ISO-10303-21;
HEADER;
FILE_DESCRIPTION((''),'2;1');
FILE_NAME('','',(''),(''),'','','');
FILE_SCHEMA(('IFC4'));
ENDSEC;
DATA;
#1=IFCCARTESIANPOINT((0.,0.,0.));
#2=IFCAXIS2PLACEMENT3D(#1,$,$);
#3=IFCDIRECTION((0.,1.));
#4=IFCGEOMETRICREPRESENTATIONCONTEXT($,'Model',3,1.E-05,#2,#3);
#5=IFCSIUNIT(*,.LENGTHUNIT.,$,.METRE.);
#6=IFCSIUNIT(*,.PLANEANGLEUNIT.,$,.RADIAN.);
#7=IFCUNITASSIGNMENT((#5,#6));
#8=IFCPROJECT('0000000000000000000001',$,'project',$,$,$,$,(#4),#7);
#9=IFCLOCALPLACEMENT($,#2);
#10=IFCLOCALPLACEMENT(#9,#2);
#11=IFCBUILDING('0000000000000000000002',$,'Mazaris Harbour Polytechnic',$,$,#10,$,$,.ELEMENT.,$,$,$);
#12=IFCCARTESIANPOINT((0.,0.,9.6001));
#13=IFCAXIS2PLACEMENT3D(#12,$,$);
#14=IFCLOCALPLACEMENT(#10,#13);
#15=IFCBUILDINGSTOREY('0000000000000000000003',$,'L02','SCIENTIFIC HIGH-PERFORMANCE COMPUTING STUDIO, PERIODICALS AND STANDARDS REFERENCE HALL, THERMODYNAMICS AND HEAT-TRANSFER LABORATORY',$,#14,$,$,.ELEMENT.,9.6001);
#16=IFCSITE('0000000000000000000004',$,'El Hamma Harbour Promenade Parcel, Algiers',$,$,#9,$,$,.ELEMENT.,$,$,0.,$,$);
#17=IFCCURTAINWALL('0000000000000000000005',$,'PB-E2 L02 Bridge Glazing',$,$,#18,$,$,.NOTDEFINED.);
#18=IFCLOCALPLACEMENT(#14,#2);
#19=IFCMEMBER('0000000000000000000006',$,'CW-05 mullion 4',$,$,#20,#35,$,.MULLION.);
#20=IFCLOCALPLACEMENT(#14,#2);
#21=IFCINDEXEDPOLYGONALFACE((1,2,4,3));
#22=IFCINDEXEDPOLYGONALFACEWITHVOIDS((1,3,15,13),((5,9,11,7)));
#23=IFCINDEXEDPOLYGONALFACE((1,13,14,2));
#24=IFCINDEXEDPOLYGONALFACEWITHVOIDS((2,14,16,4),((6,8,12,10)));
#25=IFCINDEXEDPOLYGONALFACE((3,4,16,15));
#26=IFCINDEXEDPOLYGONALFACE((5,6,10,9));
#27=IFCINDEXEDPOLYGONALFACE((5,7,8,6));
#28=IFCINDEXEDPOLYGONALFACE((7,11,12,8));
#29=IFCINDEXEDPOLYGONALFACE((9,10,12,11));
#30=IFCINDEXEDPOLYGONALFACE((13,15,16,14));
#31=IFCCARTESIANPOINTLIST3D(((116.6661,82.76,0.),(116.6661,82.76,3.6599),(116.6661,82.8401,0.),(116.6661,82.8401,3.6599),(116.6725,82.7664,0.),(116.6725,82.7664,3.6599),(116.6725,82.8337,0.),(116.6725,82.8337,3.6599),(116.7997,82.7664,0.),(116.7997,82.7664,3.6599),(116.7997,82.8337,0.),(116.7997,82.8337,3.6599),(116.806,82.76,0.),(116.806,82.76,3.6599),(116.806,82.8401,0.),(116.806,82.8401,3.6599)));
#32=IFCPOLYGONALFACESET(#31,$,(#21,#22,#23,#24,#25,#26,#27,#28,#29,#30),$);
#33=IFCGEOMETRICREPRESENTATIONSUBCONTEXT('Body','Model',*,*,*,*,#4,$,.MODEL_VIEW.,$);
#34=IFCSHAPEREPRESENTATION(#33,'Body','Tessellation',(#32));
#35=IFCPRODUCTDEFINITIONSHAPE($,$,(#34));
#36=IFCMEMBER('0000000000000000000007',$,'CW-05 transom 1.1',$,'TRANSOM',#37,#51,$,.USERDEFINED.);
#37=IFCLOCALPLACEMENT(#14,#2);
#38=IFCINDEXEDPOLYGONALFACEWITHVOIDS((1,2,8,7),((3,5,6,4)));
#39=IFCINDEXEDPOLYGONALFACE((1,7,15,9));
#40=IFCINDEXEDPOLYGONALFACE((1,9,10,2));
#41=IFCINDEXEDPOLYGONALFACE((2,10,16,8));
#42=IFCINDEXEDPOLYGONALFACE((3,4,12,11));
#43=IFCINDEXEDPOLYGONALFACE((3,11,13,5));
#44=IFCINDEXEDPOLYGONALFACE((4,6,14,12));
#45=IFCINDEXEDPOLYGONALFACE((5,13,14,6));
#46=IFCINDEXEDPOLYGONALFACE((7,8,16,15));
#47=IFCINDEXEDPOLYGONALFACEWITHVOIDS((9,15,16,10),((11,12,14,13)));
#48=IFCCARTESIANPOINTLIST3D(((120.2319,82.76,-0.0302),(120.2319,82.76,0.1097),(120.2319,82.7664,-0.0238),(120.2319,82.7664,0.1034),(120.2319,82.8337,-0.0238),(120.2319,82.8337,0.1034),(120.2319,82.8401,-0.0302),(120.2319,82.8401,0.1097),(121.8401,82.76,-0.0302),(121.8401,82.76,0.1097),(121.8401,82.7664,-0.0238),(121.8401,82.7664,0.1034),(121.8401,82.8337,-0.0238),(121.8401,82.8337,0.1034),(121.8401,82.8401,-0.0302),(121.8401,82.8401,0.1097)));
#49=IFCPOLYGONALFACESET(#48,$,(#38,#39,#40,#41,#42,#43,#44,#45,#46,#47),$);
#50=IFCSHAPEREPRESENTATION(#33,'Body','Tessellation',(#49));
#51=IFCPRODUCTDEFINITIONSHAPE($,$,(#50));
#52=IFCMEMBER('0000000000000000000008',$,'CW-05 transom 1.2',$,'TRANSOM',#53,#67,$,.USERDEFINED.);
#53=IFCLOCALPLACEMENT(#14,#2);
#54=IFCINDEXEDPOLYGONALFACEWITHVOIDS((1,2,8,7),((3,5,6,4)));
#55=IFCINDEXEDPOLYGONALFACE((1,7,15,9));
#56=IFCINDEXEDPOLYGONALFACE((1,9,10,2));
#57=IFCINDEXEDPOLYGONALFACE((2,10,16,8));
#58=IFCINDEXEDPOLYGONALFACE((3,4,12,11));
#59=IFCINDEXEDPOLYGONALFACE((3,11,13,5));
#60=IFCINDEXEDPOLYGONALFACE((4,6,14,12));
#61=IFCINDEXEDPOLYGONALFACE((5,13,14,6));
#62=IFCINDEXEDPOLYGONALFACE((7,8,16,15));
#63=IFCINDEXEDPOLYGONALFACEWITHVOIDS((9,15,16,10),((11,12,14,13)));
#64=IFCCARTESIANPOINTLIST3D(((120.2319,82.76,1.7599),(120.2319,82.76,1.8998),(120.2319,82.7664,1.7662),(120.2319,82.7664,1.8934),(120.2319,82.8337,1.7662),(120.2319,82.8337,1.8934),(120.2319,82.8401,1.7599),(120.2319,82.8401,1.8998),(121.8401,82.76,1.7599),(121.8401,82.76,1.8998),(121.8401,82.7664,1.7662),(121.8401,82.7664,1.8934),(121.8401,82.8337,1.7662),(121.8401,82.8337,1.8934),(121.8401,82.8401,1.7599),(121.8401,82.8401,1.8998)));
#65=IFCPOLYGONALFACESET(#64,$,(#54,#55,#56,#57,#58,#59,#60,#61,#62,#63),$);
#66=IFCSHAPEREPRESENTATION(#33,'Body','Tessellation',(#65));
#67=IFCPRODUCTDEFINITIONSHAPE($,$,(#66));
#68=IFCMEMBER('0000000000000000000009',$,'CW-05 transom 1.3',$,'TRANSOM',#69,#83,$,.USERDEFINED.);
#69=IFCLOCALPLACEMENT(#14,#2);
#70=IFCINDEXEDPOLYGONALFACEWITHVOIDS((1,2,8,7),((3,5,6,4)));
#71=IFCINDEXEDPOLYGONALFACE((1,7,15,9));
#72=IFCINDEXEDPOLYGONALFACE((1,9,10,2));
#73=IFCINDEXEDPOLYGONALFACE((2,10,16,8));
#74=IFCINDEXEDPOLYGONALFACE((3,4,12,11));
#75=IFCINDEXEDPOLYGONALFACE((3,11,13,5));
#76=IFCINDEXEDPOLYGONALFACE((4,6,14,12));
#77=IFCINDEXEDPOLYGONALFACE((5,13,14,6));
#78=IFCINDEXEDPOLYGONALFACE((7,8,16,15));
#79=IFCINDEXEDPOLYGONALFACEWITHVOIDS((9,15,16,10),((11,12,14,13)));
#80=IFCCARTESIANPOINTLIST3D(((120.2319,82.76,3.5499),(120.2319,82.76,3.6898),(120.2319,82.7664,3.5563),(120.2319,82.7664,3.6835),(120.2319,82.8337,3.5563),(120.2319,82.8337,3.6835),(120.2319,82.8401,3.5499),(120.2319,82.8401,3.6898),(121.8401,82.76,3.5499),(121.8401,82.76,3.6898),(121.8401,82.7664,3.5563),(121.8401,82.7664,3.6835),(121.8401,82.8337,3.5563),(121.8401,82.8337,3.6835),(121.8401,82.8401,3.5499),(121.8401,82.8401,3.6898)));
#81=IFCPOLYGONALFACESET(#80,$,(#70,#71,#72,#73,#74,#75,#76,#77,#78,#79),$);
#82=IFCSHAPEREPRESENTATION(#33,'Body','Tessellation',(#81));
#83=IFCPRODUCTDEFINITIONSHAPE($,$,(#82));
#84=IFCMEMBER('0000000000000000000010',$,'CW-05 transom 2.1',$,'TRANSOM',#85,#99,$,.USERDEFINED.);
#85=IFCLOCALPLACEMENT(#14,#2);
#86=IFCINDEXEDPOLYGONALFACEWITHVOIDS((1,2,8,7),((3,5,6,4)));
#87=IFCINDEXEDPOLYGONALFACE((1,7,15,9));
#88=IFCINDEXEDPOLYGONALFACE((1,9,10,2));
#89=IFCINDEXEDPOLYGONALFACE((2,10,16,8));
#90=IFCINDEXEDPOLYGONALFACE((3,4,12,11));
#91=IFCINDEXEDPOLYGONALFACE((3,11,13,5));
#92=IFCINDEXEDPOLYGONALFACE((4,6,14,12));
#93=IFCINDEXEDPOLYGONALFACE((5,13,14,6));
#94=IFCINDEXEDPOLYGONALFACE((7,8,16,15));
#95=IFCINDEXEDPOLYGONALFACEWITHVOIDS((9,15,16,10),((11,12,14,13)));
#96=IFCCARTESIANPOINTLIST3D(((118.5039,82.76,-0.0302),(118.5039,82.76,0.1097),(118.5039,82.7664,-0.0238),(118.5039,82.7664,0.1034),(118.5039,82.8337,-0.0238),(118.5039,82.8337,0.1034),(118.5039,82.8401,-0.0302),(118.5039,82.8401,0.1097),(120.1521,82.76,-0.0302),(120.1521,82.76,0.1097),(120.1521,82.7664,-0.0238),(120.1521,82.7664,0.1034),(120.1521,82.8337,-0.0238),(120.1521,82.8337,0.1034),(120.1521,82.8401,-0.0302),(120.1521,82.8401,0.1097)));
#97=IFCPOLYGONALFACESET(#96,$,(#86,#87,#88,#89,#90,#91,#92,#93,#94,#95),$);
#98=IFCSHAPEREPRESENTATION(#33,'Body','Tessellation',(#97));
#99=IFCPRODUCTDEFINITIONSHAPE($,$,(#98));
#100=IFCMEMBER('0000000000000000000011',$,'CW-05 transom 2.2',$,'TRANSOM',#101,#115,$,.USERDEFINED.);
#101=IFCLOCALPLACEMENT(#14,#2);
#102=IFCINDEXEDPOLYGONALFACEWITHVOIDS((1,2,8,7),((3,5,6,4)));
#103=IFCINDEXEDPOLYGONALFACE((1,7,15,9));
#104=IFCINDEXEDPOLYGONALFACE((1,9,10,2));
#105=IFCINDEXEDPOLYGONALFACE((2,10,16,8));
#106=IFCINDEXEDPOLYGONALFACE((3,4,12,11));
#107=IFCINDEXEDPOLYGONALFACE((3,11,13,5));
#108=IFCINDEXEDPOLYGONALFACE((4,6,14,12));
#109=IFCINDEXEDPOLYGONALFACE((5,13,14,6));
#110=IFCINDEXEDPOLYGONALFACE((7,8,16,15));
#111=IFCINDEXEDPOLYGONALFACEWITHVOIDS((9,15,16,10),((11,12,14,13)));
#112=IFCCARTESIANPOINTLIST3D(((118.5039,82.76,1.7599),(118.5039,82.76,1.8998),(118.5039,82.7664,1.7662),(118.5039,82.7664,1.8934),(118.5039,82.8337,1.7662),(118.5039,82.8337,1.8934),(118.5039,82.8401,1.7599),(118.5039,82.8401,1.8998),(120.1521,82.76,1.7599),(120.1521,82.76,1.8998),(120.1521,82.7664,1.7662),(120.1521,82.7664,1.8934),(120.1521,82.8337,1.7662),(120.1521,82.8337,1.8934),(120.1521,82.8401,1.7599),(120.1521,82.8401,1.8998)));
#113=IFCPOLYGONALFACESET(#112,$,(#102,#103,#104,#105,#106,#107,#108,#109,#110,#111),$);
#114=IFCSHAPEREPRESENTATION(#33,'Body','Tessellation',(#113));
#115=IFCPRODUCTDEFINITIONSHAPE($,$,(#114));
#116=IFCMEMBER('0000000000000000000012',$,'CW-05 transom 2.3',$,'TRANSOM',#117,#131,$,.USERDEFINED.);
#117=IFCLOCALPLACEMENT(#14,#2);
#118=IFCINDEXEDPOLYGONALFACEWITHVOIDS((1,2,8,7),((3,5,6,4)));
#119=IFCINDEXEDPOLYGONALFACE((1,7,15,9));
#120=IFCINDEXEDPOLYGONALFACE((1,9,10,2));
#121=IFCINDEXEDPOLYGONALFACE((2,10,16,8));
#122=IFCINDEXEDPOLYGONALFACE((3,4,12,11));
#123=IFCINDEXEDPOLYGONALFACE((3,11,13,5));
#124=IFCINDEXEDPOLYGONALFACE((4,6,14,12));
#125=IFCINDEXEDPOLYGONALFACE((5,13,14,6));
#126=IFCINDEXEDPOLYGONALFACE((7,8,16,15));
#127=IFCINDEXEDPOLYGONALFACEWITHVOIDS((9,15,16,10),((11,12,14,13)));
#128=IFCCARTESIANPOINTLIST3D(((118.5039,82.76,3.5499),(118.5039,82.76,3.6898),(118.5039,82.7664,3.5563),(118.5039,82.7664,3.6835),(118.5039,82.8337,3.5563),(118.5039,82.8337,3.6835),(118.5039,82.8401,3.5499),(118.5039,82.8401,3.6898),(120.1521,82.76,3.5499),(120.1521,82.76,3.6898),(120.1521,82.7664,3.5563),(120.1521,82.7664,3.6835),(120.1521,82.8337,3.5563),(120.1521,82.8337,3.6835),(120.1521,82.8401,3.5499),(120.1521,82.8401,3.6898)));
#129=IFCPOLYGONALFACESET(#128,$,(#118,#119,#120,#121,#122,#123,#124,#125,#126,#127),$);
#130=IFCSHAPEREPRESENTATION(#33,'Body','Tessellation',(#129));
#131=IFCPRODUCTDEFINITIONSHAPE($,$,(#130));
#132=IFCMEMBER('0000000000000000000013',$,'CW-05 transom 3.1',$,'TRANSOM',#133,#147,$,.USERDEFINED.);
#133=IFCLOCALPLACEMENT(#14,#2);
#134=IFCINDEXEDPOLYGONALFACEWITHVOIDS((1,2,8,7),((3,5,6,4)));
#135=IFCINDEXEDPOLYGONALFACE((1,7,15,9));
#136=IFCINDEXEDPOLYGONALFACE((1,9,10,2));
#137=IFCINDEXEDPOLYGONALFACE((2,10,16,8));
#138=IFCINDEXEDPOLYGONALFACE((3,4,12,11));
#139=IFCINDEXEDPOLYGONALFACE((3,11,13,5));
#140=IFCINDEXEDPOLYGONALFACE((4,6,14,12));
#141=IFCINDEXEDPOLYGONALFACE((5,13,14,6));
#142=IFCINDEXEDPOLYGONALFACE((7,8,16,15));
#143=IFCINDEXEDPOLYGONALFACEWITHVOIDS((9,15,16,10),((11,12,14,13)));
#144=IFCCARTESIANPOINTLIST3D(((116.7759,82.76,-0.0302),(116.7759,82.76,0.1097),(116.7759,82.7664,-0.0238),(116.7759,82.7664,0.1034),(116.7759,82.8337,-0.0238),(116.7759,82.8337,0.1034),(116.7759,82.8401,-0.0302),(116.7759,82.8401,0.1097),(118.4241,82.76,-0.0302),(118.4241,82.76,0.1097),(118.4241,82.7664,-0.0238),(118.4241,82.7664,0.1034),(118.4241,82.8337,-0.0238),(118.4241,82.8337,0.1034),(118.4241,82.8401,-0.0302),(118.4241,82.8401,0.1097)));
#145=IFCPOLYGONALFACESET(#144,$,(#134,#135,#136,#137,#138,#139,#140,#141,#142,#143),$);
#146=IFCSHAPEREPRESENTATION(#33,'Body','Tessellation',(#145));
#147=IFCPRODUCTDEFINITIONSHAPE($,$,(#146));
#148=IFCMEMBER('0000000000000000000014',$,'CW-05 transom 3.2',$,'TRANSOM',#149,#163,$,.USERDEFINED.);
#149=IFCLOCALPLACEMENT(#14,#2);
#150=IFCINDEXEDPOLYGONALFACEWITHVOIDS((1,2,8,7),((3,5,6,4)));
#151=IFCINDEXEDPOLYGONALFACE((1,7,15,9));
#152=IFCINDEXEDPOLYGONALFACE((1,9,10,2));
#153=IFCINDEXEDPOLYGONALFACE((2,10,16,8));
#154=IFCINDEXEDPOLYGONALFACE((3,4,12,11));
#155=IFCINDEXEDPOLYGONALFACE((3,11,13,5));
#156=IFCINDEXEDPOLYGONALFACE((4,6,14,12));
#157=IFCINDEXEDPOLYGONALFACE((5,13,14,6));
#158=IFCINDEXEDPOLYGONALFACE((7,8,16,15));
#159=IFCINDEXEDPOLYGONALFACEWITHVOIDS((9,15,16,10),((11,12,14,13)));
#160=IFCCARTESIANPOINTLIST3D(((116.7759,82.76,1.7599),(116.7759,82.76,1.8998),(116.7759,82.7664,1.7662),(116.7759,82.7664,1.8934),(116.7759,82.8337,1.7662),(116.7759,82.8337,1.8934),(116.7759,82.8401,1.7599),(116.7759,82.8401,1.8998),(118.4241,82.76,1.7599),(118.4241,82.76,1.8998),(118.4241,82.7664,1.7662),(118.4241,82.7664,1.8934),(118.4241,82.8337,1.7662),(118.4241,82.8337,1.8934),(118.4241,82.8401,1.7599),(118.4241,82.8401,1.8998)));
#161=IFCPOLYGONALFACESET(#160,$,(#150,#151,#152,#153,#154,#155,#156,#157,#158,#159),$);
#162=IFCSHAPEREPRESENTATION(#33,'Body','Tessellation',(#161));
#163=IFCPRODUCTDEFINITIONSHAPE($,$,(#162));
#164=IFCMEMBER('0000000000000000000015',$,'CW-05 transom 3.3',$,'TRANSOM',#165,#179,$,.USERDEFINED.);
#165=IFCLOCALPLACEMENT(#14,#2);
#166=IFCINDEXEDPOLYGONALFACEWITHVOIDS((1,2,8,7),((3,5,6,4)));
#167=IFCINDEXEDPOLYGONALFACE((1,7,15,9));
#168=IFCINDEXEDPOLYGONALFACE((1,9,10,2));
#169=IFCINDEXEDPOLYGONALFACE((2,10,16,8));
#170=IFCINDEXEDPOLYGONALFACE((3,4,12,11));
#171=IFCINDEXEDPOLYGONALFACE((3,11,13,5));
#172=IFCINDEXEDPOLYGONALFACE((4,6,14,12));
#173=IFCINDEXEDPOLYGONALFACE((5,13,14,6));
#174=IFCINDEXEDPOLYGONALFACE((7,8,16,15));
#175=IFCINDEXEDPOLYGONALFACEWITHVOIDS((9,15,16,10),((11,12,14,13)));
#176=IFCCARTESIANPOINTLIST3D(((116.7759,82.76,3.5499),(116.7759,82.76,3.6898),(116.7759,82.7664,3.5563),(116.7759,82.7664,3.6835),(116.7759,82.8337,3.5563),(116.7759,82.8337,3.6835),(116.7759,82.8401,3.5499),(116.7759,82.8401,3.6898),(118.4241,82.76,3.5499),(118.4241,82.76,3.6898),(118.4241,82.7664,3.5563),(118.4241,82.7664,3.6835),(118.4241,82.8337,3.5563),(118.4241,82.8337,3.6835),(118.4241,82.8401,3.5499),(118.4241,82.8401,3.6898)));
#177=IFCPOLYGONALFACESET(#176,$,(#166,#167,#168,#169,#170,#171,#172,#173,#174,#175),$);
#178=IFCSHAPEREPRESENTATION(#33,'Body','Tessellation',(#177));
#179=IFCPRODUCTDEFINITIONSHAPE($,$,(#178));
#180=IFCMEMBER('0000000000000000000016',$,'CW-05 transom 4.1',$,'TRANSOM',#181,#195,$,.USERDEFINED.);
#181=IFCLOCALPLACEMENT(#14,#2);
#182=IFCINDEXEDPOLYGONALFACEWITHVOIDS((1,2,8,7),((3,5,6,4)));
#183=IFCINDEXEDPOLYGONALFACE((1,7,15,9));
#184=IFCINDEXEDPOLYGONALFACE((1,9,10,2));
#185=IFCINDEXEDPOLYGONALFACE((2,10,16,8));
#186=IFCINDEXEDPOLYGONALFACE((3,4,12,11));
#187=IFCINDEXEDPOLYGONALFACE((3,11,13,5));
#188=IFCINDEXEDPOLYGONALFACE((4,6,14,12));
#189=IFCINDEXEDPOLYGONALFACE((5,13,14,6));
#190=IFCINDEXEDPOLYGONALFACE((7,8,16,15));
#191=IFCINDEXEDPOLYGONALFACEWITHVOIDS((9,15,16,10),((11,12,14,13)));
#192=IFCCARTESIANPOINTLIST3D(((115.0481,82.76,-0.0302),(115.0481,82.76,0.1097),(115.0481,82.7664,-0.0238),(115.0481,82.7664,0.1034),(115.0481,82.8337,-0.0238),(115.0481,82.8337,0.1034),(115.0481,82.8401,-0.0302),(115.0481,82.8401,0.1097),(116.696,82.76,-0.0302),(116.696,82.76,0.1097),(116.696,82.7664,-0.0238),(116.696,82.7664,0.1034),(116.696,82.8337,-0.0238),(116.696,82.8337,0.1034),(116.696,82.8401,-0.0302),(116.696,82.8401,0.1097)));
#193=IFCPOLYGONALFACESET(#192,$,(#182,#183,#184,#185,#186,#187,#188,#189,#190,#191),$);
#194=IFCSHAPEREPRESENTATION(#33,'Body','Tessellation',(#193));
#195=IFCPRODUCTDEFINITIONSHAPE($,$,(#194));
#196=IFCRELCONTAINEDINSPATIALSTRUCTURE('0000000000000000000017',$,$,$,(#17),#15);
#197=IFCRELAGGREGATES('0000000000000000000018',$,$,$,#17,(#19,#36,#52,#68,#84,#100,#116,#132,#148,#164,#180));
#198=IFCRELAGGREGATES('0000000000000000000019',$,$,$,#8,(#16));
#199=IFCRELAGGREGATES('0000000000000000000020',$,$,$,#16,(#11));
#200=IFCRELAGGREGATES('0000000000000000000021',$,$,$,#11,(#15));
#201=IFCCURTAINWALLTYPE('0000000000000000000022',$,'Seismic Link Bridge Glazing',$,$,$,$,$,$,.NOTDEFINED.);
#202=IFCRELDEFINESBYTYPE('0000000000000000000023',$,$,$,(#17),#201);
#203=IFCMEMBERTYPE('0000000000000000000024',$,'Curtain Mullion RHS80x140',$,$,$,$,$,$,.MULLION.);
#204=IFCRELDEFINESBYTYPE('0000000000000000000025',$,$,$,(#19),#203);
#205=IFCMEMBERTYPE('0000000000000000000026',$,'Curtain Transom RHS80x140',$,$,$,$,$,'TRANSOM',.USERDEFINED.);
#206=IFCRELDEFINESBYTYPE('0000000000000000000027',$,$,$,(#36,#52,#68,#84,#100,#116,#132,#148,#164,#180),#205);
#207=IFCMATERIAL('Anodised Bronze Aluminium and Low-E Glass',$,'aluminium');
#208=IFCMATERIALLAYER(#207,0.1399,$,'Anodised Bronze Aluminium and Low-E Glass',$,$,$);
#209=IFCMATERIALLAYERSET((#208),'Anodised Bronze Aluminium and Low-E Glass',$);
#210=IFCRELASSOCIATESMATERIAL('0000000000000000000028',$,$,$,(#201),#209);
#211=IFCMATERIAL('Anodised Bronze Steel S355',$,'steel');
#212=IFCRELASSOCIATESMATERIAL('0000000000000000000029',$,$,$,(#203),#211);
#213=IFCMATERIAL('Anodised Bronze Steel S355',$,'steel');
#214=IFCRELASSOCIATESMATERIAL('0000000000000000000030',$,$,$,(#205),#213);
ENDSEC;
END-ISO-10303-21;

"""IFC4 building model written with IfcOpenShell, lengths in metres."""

from ifc_helpers import new_model, si_unit, direction, frame, origin, origin_2d, place, context, subcontext, project, spatial, hollow_rectangle, extrude, material, layer, layer_set, material_profile, profile_set, type_object, element, aggregate, save


model = new_model("IFC4")

# Units and contexts
model_context = context("Model", 3, precision=1e-05, world=origin(), true_north=direction((0.0, 1.0)))
body_context = subcontext(model_context, "Body", "Model", "MODEL_VIEW")
ifc_project = project(units=[si_unit("LENGTHUNIT", "METRE"), si_unit("PLANEANGLEUNIT", "RADIAN")], contexts=[model_context])

# Site, building, storey
site_placement = place(None, origin())
site = spatial("IfcSite", under=ifc_project, at=site_placement, Name="El Hamma Harbour Promenade Parcel, Algiers", CompositionType="ELEMENT", RefElevation=0.0)
building_placement = place(site_placement, origin())
building = spatial("IfcBuilding", under=site, at=building_placement, Name="Mazaris Harbour Polytechnic", CompositionType="ELEMENT")
storey_placement = place(building_placement, frame((0.0, 0.0, 9.6001)))
storey = spatial("IfcBuildingStorey", under=building, at=storey_placement, Name="L02", Description="SCIENTIFIC HIGH-PERFORMANCE COMPUTING STUDIO, PERIODICALS AND STANDARDS REFERENCE HALL, THERMODYNAMICS AND HEAT-TRANSFER LABORATORY", CompositionType="ELEMENT", Elevation=9.6001)

# Shared definitions
ifc_material_1 = material(Name="Anodised Bronze Aluminium and Low-E Glass", Category="aluminium")
ifc_layer_1 = layer(ifc_material_1, 0.1399, Name="Anodised Bronze Aluminium and Low-E Glass")
ifc_layer_set_1 = layer_set([ifc_layer_1], Name="Anodised Bronze Aluminium and Low-E Glass")
curtain_wall_type = type_object("IfcCurtainWallType", Name="Seismic Link Bridge Glazing", PredefinedType="NOTDEFINED", material=ifc_layer_set_1)
ifc_material_2 = material(Name="Anodised Bronze Steel S355", Category="steel")
ifc_material_profile_1 = material_profile(ifc_material_2, hollow_rectangle(XDim=0.0801, YDim=0.1399, WallThickness=0.0063, at=origin_2d()), Name="RHS 80x140x6.3")
ifc_profile_set_1 = profile_set([ifc_material_profile_1], Name="Anodised Bronze Steel S355")
member_type_1 = type_object("IfcMemberType", Name="Curtain Mullion RHS80x140", PredefinedType="MULLION", material=ifc_profile_set_1)

# Curtain wall, members
curtain_wall_1_placement = place(storey_placement, origin())
curtain_wall_1 = element("IfcCurtainWall", 1, at=curtain_wall_1_placement, inside=storey, type_object=curtain_wall_type, Name="PB-E2 L02 Bridge Glazing", PredefinedType="NOTDEFINED")
member_1_placement = place(storey_placement, frame((116.7361, 82.8, 0.0), z_axis=(0.0, 0.0, 1.0), x_axis=(0.0, -1.0, 0.0)))
member_1 = element("IfcMember", 2, at=member_1_placement, type_object=member_type_1, Name="CW-05 mullion 4", PredefinedType="MULLION", context=body_context, shape_type="SweptSolid", body=[
    extrude(hollow_rectangle(XDim=0.0801, YDim=0.1399, WallThickness=0.0063, at=origin_2d()), origin(), (0.0, 0.0, 1.0), 3.6599),
])
ifc_material_3 = material(Name="Anodised Bronze Steel S355", Category="steel")
ifc_material_profile_2 = material_profile(ifc_material_3, hollow_rectangle(XDim=0.0801, YDim=0.1399, WallThickness=0.0063, at=origin_2d()), Name="RHS 80x140x6.3")
ifc_profile_set_2 = profile_set([ifc_material_profile_2], Name="Anodised Bronze Steel S355")
member_type_2 = type_object("IfcMemberType", Name="Curtain Transom RHS80x140", ElementType="TRANSOM", PredefinedType="USERDEFINED", material=ifc_profile_set_2)
member_2_placement = place(storey_placement, frame((121.8401, 82.8, 0.0398), z_axis=(-1.0, 0.0, 0.0), x_axis=(0.0, -1.0, 0.0)))
member_2 = element("IfcMember", 3, at=member_2_placement, type_object=member_type_2, Name="CW-05 transom 1.1", ObjectType="TRANSOM", PredefinedType="USERDEFINED", context=body_context, shape_type="SweptSolid", body=[
    extrude(hollow_rectangle(XDim=0.0801, YDim=0.1399, WallThickness=0.0063, at=origin_2d()), origin(), (0.0, 0.0, 1.0), 1.6082),
])
member_3_placement = place(storey_placement, frame((121.8401, 82.8, 1.8298), z_axis=(-1.0, 0.0, 0.0), x_axis=(0.0, -1.0, 0.0)))
member_3 = element("IfcMember", 4, at=member_3_placement, type_object=member_type_2, Name="CW-05 transom 1.2", ObjectType="TRANSOM", PredefinedType="USERDEFINED", context=body_context, shape_type="SweptSolid", body=[
    extrude(hollow_rectangle(XDim=0.0801, YDim=0.1399, WallThickness=0.0063, at=origin_2d()), origin(), (0.0, 0.0, 1.0), 1.6082),
])
member_4_placement = place(storey_placement, frame((121.8401, 82.8, 3.6199), z_axis=(-1.0, 0.0, 0.0), x_axis=(0.0, -1.0, 0.0)))
member_4 = element("IfcMember", 5, at=member_4_placement, type_object=member_type_2, Name="CW-05 transom 1.3", ObjectType="TRANSOM", PredefinedType="USERDEFINED", context=body_context, shape_type="SweptSolid", body=[
    extrude(hollow_rectangle(XDim=0.0801, YDim=0.1399, WallThickness=0.0063, at=origin_2d()), origin(), (0.0, 0.0, 1.0), 1.6082),
])
member_5_placement = place(storey_placement, frame((120.1521, 82.8, 0.0398), z_axis=(-1.0, 0.0, 0.0), x_axis=(0.0, -1.0, 0.0)))
member_5 = element("IfcMember", 6, at=member_5_placement, type_object=member_type_2, Name="CW-05 transom 2.1", ObjectType="TRANSOM", PredefinedType="USERDEFINED", context=body_context, shape_type="SweptSolid", body=[
    extrude(hollow_rectangle(XDim=0.0801, YDim=0.1399, WallThickness=0.0063, at=origin_2d()), origin(), (0.0, 0.0, 1.0), 1.6482),
])
member_6_placement = place(storey_placement, frame((120.1521, 82.8, 1.8298), z_axis=(-1.0, 0.0, 0.0), x_axis=(0.0, -1.0, 0.0)))
member_6 = element("IfcMember", 7, at=member_6_placement, type_object=member_type_2, Name="CW-05 transom 2.2", ObjectType="TRANSOM", PredefinedType="USERDEFINED", context=body_context, shape_type="SweptSolid", body=[
    extrude(hollow_rectangle(XDim=0.0801, YDim=0.1399, WallThickness=0.0063, at=origin_2d()), origin(), (0.0, 0.0, 1.0), 1.6482),
])
member_7_placement = place(storey_placement, frame((120.1521, 82.8, 3.6199), z_axis=(-1.0, 0.0, 0.0), x_axis=(0.0, -1.0, 0.0)))
member_7 = element("IfcMember", 8, at=member_7_placement, type_object=member_type_2, Name="CW-05 transom 2.3", ObjectType="TRANSOM", PredefinedType="USERDEFINED", context=body_context, shape_type="SweptSolid", body=[
    extrude(hollow_rectangle(XDim=0.0801, YDim=0.1399, WallThickness=0.0063, at=origin_2d()), origin(), (0.0, 0.0, 1.0), 1.6482),
])
member_8_placement = place(storey_placement, frame((118.4241, 82.8, 0.0398), z_axis=(-1.0, 0.0, 0.0), x_axis=(0.0, -1.0, 0.0)))
member_8 = element("IfcMember", 9, at=member_8_placement, type_object=member_type_2, Name="CW-05 transom 3.1", ObjectType="TRANSOM", PredefinedType="USERDEFINED", context=body_context, shape_type="SweptSolid", body=[
    extrude(hollow_rectangle(XDim=0.0801, YDim=0.1399, WallThickness=0.0063, at=origin_2d()), origin(), (0.0, 0.0, 1.0), 1.6482),
])
member_9_placement = place(storey_placement, frame((118.4241, 82.8, 1.8298), z_axis=(-1.0, 0.0, 0.0), x_axis=(0.0, -1.0, 0.0)))
member_9 = element("IfcMember", 10, at=member_9_placement, type_object=member_type_2, Name="CW-05 transom 3.2", ObjectType="TRANSOM", PredefinedType="USERDEFINED", context=body_context, shape_type="SweptSolid", body=[
    extrude(hollow_rectangle(XDim=0.0801, YDim=0.1399, WallThickness=0.0063, at=origin_2d()), origin(), (0.0, 0.0, 1.0), 1.6482),
])
member_10_placement = place(storey_placement, frame((118.4241, 82.8, 3.6199), z_axis=(-1.0, 0.0, 0.0), x_axis=(0.0, -1.0, 0.0)))
member_10 = element("IfcMember", 11, at=member_10_placement, type_object=member_type_2, Name="CW-05 transom 3.3", ObjectType="TRANSOM", PredefinedType="USERDEFINED", context=body_context, shape_type="SweptSolid", body=[
    extrude(hollow_rectangle(XDim=0.0801, YDim=0.1399, WallThickness=0.0063, at=origin_2d()), origin(), (0.0, 0.0, 1.0), 1.6482),
])
member_11_placement = place(storey_placement, frame((116.696, 82.8, 0.0398), z_axis=(-1.0, 0.0, 0.0), x_axis=(0.0, -1.0, 0.0)))
member_11 = element("IfcMember", 12, at=member_11_placement, type_object=member_type_2, Name="CW-05 transom 4.1", ObjectType="TRANSOM", PredefinedType="USERDEFINED", context=body_context, shape_type="SweptSolid", body=[
    extrude(hollow_rectangle(XDim=0.0801, YDim=0.1399, WallThickness=0.0063, at=origin_2d()), origin(), (0.0, 0.0, 1.0), 1.6479),
])

aggregate(curtain_wall_1, [member_1, member_2, member_3, member_4, member_5, member_6, member_7, member_8, member_9, member_10, member_11])

save(model, "model.ifc")
